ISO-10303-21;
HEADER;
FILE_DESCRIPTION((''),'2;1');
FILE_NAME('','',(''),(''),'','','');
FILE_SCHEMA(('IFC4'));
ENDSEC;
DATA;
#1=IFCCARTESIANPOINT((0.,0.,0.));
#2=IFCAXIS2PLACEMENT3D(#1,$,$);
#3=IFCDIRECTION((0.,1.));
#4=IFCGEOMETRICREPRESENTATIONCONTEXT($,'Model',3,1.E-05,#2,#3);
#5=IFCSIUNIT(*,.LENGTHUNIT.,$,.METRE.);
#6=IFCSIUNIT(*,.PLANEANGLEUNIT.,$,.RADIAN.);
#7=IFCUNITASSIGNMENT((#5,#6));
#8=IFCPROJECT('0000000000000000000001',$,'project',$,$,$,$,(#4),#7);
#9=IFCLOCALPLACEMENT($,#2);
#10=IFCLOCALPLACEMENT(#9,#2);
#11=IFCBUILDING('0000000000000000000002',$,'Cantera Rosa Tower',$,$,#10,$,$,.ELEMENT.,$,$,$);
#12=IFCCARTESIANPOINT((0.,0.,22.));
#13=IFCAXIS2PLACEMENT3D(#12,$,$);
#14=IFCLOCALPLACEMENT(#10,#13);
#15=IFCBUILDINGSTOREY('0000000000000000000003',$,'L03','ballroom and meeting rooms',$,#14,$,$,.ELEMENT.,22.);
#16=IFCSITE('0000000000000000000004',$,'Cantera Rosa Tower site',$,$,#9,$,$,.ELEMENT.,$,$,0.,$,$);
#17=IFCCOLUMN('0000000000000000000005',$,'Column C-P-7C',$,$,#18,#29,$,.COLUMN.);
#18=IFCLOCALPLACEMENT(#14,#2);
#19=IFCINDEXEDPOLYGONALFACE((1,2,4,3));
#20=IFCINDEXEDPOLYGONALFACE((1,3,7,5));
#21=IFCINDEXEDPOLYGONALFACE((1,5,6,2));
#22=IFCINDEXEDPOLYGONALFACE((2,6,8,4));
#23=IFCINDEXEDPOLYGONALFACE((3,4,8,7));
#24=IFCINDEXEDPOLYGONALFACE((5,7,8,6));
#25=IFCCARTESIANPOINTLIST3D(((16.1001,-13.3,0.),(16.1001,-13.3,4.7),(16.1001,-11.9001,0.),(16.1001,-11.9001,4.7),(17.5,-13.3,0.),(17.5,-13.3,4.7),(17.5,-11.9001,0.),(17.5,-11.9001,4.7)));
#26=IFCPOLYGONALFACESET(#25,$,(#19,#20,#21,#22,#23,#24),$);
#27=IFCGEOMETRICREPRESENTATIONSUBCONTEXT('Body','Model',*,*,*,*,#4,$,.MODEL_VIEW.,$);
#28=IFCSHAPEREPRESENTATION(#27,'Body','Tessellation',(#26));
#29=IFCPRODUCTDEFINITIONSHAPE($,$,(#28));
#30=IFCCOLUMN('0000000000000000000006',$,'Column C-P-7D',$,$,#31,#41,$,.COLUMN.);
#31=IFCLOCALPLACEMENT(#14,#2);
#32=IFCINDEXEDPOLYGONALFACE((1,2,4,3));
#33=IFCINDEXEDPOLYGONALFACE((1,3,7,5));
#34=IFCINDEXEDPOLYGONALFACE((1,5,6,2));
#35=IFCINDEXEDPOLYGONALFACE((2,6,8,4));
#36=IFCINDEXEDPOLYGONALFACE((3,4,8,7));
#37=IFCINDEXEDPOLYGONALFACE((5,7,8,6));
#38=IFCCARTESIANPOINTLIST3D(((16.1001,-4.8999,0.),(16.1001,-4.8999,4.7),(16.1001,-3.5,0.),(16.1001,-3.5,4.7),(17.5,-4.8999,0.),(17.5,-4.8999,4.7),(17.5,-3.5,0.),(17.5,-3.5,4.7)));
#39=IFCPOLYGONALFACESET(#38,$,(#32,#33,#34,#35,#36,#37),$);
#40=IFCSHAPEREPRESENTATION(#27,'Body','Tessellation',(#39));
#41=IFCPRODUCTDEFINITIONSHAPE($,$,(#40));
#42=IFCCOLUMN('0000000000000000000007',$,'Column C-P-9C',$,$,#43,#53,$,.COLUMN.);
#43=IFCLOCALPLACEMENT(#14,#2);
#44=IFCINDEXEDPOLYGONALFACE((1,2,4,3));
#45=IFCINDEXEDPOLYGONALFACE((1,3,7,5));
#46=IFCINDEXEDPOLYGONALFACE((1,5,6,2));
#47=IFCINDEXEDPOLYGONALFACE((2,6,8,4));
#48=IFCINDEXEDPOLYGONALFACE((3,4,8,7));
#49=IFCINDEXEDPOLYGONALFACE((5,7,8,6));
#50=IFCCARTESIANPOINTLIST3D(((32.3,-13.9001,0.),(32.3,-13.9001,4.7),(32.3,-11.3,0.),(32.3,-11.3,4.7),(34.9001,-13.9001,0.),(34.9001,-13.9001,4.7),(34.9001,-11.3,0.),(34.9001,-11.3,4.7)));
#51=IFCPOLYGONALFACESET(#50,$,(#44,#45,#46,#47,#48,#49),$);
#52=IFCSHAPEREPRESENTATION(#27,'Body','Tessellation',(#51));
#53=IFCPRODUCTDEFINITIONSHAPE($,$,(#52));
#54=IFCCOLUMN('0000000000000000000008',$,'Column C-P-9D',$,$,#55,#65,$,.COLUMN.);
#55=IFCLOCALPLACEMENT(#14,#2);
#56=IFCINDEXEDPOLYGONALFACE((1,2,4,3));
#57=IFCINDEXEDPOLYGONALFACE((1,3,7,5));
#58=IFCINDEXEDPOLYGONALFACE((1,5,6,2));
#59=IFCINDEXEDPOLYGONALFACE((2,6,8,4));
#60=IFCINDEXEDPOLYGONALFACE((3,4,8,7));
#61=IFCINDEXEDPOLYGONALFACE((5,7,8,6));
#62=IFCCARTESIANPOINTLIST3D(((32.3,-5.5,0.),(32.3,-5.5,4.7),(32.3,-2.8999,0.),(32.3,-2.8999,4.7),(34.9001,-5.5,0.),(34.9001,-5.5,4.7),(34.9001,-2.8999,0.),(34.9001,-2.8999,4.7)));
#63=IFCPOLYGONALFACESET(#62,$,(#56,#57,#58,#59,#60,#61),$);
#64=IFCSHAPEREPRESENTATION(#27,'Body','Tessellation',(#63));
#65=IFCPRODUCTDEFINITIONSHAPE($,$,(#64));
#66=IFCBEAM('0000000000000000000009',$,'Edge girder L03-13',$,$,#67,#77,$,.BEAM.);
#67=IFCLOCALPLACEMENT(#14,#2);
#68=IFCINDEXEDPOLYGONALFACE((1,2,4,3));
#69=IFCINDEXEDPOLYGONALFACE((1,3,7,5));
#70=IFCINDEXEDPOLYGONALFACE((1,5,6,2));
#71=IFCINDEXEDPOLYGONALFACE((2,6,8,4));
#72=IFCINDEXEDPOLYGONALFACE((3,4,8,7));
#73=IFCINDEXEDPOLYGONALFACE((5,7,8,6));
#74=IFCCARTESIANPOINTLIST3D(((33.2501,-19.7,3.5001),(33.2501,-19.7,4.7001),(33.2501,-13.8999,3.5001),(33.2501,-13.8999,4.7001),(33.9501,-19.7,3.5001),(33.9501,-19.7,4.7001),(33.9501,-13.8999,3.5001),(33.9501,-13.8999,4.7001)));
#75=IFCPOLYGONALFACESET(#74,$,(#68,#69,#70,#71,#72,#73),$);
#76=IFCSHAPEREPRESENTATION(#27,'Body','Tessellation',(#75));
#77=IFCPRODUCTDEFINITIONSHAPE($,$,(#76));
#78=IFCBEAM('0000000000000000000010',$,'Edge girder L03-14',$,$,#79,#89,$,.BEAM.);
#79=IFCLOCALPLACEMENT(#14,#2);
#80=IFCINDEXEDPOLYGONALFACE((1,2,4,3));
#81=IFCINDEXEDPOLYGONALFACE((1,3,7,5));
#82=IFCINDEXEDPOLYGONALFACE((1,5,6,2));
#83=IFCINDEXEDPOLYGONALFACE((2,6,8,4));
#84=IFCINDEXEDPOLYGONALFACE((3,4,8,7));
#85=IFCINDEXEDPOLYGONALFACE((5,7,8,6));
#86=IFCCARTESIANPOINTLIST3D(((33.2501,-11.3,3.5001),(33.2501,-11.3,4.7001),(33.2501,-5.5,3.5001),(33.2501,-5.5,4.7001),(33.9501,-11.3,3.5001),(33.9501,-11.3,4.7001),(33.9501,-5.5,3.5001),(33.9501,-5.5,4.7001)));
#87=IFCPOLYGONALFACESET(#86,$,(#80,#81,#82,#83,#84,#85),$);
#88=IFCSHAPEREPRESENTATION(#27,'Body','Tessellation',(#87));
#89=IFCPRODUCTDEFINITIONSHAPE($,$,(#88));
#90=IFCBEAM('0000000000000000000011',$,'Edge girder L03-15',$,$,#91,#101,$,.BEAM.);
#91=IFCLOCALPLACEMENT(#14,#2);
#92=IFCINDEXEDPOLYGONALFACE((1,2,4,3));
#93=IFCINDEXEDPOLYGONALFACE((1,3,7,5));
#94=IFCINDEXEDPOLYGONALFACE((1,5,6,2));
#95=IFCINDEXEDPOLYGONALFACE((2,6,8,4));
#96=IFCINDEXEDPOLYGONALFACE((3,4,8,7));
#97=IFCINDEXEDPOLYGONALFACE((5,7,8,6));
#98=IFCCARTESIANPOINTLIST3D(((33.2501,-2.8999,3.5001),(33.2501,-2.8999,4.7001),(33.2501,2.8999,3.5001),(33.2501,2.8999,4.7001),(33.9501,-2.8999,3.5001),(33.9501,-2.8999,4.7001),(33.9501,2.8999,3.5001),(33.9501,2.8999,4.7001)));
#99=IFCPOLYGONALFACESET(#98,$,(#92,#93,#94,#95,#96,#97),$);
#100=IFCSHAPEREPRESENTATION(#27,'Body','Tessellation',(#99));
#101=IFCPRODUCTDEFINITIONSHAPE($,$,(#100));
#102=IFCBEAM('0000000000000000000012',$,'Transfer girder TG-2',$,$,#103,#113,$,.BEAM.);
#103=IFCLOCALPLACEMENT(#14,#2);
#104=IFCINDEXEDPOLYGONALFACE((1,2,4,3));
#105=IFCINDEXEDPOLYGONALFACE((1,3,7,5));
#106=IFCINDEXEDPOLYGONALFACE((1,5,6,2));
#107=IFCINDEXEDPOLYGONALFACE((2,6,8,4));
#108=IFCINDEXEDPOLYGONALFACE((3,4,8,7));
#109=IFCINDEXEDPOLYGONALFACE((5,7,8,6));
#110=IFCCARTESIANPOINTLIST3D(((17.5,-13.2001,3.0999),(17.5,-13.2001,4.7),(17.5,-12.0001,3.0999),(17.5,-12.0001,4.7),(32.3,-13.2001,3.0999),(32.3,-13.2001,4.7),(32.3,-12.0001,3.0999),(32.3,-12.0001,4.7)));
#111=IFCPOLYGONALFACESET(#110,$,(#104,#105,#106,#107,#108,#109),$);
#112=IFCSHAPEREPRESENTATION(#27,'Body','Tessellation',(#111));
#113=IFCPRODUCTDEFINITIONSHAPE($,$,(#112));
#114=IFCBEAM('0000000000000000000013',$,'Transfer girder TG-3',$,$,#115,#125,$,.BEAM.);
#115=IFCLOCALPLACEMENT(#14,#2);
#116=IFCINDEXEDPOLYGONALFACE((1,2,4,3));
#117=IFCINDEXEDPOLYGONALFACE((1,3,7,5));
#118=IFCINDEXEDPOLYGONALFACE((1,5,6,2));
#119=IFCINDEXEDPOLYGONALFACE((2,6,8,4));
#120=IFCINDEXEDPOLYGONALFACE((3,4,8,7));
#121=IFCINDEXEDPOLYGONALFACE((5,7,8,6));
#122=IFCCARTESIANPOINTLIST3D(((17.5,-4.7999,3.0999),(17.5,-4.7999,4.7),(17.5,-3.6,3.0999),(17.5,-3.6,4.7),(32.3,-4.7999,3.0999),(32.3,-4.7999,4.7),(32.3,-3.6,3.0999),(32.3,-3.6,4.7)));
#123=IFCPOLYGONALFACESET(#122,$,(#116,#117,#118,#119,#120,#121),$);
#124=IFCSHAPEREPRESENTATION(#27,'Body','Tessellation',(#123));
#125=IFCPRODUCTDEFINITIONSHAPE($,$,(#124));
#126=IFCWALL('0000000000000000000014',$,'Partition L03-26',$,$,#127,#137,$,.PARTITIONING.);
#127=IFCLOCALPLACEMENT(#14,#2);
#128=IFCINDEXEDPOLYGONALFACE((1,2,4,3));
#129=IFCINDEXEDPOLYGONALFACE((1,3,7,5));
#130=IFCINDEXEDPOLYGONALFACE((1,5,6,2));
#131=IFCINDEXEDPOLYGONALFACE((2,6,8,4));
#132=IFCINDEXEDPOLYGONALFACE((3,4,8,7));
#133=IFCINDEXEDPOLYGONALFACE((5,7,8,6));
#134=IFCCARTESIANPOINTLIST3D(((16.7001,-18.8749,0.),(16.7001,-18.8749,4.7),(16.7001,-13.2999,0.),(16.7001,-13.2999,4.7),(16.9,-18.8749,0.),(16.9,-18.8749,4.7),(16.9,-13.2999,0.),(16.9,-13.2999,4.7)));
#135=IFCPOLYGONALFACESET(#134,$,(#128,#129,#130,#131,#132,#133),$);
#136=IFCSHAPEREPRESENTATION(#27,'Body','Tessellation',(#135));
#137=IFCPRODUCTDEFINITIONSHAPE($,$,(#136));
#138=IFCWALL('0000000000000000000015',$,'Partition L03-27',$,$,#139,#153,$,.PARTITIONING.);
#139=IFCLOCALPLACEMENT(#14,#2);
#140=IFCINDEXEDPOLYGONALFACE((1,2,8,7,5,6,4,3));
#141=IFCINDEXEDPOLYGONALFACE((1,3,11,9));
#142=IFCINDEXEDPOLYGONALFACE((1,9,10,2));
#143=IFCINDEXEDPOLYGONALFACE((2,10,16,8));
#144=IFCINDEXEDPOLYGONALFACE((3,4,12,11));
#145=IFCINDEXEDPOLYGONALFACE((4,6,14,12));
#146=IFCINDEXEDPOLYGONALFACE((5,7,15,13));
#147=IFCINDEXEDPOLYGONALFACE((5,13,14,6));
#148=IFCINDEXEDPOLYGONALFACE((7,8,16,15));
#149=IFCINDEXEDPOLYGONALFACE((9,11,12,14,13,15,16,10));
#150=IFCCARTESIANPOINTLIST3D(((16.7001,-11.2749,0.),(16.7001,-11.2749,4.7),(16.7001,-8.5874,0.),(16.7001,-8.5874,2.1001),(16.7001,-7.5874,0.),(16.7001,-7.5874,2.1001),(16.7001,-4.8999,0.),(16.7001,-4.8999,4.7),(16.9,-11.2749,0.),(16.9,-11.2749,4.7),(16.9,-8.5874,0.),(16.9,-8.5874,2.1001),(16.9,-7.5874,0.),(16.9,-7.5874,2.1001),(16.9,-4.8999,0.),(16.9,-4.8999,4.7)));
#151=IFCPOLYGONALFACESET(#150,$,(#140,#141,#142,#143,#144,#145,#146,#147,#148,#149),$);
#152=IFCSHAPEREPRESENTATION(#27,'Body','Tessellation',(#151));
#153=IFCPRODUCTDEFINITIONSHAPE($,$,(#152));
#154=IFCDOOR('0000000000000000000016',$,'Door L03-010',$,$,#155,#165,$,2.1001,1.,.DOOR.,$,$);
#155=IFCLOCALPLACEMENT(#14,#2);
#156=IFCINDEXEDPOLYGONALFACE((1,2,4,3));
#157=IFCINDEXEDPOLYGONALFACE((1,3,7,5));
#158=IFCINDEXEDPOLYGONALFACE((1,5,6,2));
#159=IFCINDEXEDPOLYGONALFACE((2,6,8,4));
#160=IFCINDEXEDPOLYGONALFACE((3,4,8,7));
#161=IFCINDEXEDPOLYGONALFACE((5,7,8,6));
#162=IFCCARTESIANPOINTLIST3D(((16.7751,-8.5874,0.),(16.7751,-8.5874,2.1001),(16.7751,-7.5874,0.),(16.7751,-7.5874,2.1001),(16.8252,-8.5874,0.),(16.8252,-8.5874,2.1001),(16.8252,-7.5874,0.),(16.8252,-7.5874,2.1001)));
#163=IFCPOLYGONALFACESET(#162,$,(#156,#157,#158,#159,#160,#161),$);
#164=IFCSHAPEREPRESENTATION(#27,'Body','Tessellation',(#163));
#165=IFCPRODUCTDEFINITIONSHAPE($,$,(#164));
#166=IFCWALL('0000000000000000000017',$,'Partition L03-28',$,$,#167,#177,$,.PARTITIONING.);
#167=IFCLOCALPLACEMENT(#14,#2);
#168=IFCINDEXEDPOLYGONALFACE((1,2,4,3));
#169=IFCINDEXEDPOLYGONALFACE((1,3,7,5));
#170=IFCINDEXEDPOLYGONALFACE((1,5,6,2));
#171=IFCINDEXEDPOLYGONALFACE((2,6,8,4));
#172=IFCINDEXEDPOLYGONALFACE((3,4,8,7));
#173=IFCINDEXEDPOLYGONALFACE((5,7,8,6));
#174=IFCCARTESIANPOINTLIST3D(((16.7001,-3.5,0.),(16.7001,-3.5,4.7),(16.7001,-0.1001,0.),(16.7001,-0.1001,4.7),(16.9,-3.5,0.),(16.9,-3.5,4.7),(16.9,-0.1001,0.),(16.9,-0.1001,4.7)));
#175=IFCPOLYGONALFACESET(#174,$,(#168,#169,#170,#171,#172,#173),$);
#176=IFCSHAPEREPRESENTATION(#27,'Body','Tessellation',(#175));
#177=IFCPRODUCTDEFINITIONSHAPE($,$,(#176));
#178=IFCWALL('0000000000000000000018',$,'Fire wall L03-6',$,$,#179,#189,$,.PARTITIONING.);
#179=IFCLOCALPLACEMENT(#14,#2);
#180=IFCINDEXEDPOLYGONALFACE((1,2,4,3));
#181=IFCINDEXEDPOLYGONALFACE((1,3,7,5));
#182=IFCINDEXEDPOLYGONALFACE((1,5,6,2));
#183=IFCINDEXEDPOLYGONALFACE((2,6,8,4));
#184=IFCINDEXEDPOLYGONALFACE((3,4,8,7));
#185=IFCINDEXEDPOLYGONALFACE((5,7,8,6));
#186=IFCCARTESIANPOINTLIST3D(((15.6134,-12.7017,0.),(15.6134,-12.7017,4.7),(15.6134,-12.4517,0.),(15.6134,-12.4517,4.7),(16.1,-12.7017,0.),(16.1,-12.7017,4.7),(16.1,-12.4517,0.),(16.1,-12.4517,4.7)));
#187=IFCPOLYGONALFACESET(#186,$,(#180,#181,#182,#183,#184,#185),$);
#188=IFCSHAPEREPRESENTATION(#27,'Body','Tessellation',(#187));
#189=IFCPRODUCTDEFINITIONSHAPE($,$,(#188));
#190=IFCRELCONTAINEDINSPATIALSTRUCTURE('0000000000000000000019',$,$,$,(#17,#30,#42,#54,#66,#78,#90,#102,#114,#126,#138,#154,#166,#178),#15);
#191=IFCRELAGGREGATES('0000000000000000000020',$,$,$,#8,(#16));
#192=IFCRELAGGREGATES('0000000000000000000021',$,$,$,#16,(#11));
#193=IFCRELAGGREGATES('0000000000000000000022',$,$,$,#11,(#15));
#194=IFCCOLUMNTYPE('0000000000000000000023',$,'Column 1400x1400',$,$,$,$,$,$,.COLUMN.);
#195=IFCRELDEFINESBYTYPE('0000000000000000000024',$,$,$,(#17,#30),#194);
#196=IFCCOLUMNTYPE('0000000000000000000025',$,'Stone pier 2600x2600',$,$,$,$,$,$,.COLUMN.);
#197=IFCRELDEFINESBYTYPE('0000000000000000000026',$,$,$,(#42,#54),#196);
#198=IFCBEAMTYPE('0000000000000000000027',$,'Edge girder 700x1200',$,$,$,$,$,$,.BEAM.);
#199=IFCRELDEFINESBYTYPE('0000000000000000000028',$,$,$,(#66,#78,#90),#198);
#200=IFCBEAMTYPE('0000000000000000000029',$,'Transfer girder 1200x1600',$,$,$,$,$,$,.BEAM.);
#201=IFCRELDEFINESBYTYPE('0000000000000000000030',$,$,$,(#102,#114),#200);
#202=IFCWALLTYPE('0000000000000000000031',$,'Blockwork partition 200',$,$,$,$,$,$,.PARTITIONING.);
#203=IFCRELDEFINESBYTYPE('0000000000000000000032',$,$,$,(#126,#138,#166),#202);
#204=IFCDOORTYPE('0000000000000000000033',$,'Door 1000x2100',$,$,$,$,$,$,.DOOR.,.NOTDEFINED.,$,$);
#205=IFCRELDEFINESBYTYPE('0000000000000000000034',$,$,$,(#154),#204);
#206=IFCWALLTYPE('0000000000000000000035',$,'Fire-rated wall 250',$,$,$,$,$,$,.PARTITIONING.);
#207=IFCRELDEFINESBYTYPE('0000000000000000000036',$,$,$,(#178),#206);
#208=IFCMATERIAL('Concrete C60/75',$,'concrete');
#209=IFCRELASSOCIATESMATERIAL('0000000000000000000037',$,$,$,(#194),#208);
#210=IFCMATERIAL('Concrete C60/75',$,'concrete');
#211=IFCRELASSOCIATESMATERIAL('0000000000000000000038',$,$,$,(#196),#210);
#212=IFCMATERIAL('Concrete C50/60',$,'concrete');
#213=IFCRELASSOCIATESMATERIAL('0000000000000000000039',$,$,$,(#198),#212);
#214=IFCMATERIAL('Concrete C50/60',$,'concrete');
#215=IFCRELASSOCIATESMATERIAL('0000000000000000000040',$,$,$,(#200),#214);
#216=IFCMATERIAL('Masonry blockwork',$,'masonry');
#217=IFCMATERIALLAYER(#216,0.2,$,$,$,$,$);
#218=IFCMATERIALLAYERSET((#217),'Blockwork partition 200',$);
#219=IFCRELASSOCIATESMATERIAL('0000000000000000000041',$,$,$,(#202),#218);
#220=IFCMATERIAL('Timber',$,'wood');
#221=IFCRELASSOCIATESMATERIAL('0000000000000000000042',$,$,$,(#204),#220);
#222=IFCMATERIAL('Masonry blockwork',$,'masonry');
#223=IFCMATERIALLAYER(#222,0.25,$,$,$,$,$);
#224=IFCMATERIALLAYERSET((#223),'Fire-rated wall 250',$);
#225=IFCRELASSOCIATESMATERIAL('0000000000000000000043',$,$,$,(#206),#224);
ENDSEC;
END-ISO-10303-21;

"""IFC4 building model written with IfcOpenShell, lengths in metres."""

from ifc_helpers import new_model, si_unit, direction, frame, frame_2d, origin, origin_2d, place, context, subcontext, project, spatial, rectangle, extrude, material, layer, layer_set, material_profile, profile_set, type_object, element, fill, save


model = new_model("IFC4")

# Units and contexts
model_context = context("Model", 3, precision=1e-05, world=origin(), true_north=direction((0.0, 1.0)))
body_context = subcontext(model_context, "Body", "Model", "MODEL_VIEW")
ifc_project = project(units=[si_unit("LENGTHUNIT", "METRE"), si_unit("PLANEANGLEUNIT", "RADIAN")], contexts=[model_context])

# Site, building, storey
site_placement = place(None, origin())
site = spatial("IfcSite", under=ifc_project, at=site_placement, Name="Cantera Rosa Tower site", CompositionType="ELEMENT", RefElevation=0.0)
building_placement = place(site_placement, origin())
building = spatial("IfcBuilding", under=site, at=building_placement, Name="Cantera Rosa Tower", CompositionType="ELEMENT")
storey_placement = place(building_placement, frame((0.0, 0.0, 22.0)))
storey = spatial("IfcBuildingStorey", under=building, at=storey_placement, Name="L03", Description="ballroom and meeting rooms", CompositionType="ELEMENT", Elevation=22.0)

# Columns
ifc_material_1 = material(Name="Concrete C60/75", Category="concrete")
ifc_material_profile_1 = material_profile(ifc_material_1, rectangle(XDim=1.3999, YDim=1.3999, at=origin_2d()), Name="Column 1400x1400")
ifc_profile_set_1 = profile_set([ifc_material_profile_1], Name="Concrete C60/75")
column_type_1 = type_object("IfcColumnType", Name="Column 1400x1400", PredefinedType="COLUMN", material=ifc_profile_set_1)
for number, where, z_axis, x_axis, name in (
    (1, (16.8, -12.6001, 0.0), (0.0, 0.0, 1.0), (1.0, 0.0, 0.0), "Column C-P-7C"),
    (2, (16.8, -4.2, 0.0), (0.0, 0.0, 1.0), (1.0, 0.0, 0.0), "Column C-P-7D"),
):
    element("IfcColumn", number, at=place(storey_placement, frame(where, z_axis=z_axis, x_axis=x_axis)), inside=storey, type_object=column_type_1, Name=name, PredefinedType="COLUMN", context=body_context, shape_type="SweptSolid", body=[
        extrude(rectangle(XDim=1.3999, YDim=1.3999, at=origin_2d()), origin(), (0.0, 0.0, 1.0), 4.7),
    ])
ifc_material_2 = material(Name="Concrete C60/75", Category="concrete")
ifc_material_profile_2 = material_profile(ifc_material_2, rectangle(XDim=2.6001, YDim=2.6001, at=origin_2d()), Name="Stone pier 2600x2600")
ifc_profile_set_2 = profile_set([ifc_material_profile_2], Name="Concrete C60/75")
column_type_2 = type_object("IfcColumnType", Name="Stone pier 2600x2600", PredefinedType="COLUMN", material=ifc_profile_set_2)
for number, where, z_axis, x_axis, name in (
    (3, (33.6001, -12.6001, 0.0), (0.0, 0.0, 1.0), (1.0, 0.0, 0.0), "Column C-P-9C"),
    (4, (33.6001, -4.2, 0.0), (0.0, 0.0, 1.0), (1.0, 0.0, 0.0), "Column C-P-9D"),
):
    element("IfcColumn", number, at=place(storey_placement, frame(where, z_axis=z_axis, x_axis=x_axis)), inside=storey, type_object=column_type_2, Name=name, PredefinedType="COLUMN", context=body_context, shape_type="SweptSolid", body=[
        extrude(rectangle(XDim=2.6001, YDim=2.6001, at=origin_2d()), origin(), (0.0, 0.0, 1.0), 4.7),
    ])

# Beams
ifc_material_3 = material(Name="Concrete C50/60", Category="concrete")
ifc_material_profile_3 = material_profile(ifc_material_3, rectangle(XDim=0.7, YDim=1.2, at=origin_2d()), Name="Edge girder 700x1200")
ifc_profile_set_3 = profile_set([ifc_material_profile_3], Name="Concrete C50/60")
beam_type_1 = type_object("IfcBeamType", Name="Edge girder 700x1200", PredefinedType="BEAM", material=ifc_profile_set_3)
for number, where, z_axis, x_axis, name in (
    (5, (33.6001, -19.7, 4.1001), (0.0, 1.0, 0.0), (-1.0, 0.0, 0.0), "Edge girder L03-13"),
    (6, (33.6001, -11.3, 4.1001), (0.0, 1.0, 0.0), (-1.0, 0.0, 0.0), "Edge girder L03-14"),
):
    element("IfcBeam", number, at=place(storey_placement, frame(where, z_axis=z_axis, x_axis=x_axis)), inside=storey, type_object=beam_type_1, Name=name, PredefinedType="BEAM", context=body_context, shape_type="SweptSolid", body=[
        extrude(rectangle(XDim=0.7, YDim=1.2, at=origin_2d()), origin(), (0.0, 0.0, 1.0), 5.8),
    ])
beam_placement = place(storey_placement, frame((33.6001, -2.8999, 4.1001), z_axis=(0.0, 1.0, 0.0), x_axis=(-1.0, 0.0, 0.0)))
element("IfcBeam", 7, at=beam_placement, inside=storey, type_object=beam_type_1, Name="Edge girder L03-15", PredefinedType="BEAM", context=body_context, shape_type="SweptSolid", body=[
    extrude(rectangle(XDim=0.7, YDim=1.2, at=origin_2d()), origin(), (0.0, 0.0, 1.0), 5.7998),
])
ifc_material_4 = material(Name="Concrete C50/60", Category="concrete")
ifc_material_profile_4 = material_profile(ifc_material_4, rectangle(XDim=1.2, YDim=1.6001, at=origin_2d()), Name="Transfer girder 1200x1600")
ifc_profile_set_4 = profile_set([ifc_material_profile_4], Name="Concrete C50/60")
beam_type_2 = type_object("IfcBeamType", Name="Transfer girder 1200x1600", PredefinedType="BEAM", material=ifc_profile_set_4)
for number, where, z_axis, x_axis, name in (
    (8, (17.5, -12.6001, 3.8999), (1.0, 0.0, 0.0), (0.0, 1.0, 0.0), "Transfer girder TG-2"),
    (9, (17.5, -4.2, 3.8999), (1.0, 0.0, 0.0), (0.0, 1.0, 0.0), "Transfer girder TG-3"),
):
    element("IfcBeam", number, at=place(storey_placement, frame(where, z_axis=z_axis, x_axis=x_axis)), inside=storey, type_object=beam_type_2, Name=name, PredefinedType="BEAM", context=body_context, shape_type="SweptSolid", body=[
        extrude(rectangle(XDim=1.2, YDim=1.6001, at=origin_2d()), origin(), (0.0, 0.0, 1.0), 14.8),
    ])

# Wall
ifc_material_5 = material(Name="Masonry blockwork", Category="masonry")
ifc_layer_1 = layer(ifc_material_5, 0.2)
ifc_layer_set_1 = layer_set([ifc_layer_1], Name="Blockwork partition 200")
wall_type_1 = type_object("IfcWallType", Name="Blockwork partition 200", PredefinedType="PARTITIONING", material=ifc_layer_set_1)
wall_1_placement = place(storey_placement, frame((16.8, -18.875, 0.0), z_axis=(0.0, 0.0, 1.0), x_axis=(0.0, 1.0, 0.0)))
element("IfcWall", 10, at=wall_1_placement, inside=storey, type_object=wall_type_1, Name="Partition L03-26", PredefinedType="PARTITIONING", context=body_context, shape_type="SweptSolid", body=[
    extrude(rectangle(XDim=5.575, YDim=0.2, at=frame_2d((2.7876, 0.0))), origin(), (0.0, 0.0, 1.0), 4.7),
])

# Wall, opening, door
wall_2_placement = place(storey_placement, frame((16.8, -11.2749, 0.0), z_axis=(0.0, 0.0, 1.0), x_axis=(0.0, 1.0, 0.0)))
wall_2 = element("IfcWall", 11, at=wall_2_placement, inside=storey, type_object=wall_type_1, Name="Partition L03-27", PredefinedType="PARTITIONING", context=body_context, shape_type="SweptSolid", body=[
    extrude(rectangle(XDim=6.375, YDim=0.2, at=frame_2d((3.1875, 0.0))), origin(), (0.0, 0.0, 1.0), 4.7),
])
opening_1_placement = place(wall_2_placement, frame((2.6875, 0.0, 0.0)))
opening_1 = element("IfcOpeningElement", 12, at=opening_1_placement, cuts=wall_2, PredefinedType="OPENING", context=body_context, shape_type="SweptSolid", body=[
    extrude(rectangle(XDim=1.0, YDim=2.1001, at=frame_2d((0.5, 1.05))), frame((0.0, 0.1099, 0.0), z_axis=(0.0, -1.0, 0.0), x_axis=(1.0, 0.0, 0.0)), (0.0, 0.0, 1.0), 0.22),
])
ifc_material_6 = material(Name="Timber", Category="wood")
door_type_1 = type_object("IfcDoorType", Name="Door 1000x2100", OperationType="NOTDEFINED", PredefinedType="DOOR", material=ifc_material_6)
door_1_placement = place(opening_1_placement, origin())
door_1 = element("IfcDoor", 13, at=door_1_placement, inside=storey, type_object=door_type_1, Name="Door L03-010", OverallHeight=2.1001, OverallWidth=1.0, PredefinedType="DOOR", context=body_context, shape_type="SweptSolid", body=[
    extrude(rectangle(XDim=1.0, YDim=2.1001, at=frame_2d((0.5, 1.05))), frame((0.0, 0.0249, 0.0), z_axis=(0.0, -1.0, 0.0), x_axis=(1.0, 0.0, 0.0)), (0.0, 0.0, 1.0), 0.05),
])
fill(opening_1, door_1)

# Walls
wall_3_placement = place(storey_placement, frame((16.8, -3.5, 0.0), z_axis=(0.0, 0.0, 1.0), x_axis=(0.0, 1.0, 0.0)))
element("IfcWall", 14, at=wall_3_placement, inside=storey, type_object=wall_type_1, Name="Partition L03-28", PredefinedType="PARTITIONING", context=body_context, shape_type="SweptSolid", body=[
    extrude(rectangle(XDim=3.3999, YDim=0.2, at=frame_2d((1.7, 0.0))), origin(), (0.0, 0.0, 1.0), 4.7),
])
ifc_material_7 = material(Name="Masonry blockwork", Category="masonry")
ifc_layer_2 = layer(ifc_material_7, 0.25)
ifc_layer_set_2 = layer_set([ifc_layer_2], Name="Fire-rated wall 250")
wall_type_2 = type_object("IfcWallType", Name="Fire-rated wall 250", PredefinedType="PARTITIONING", material=ifc_layer_set_2)
wall_4_placement = place(storey_placement, frame((15.6135, -12.5767, 0.0), z_axis=(0.0, 0.0, 1.0), x_axis=(1.0, 0.0, 0.0)))
element("IfcWall", 15, at=wall_4_placement, inside=storey, type_object=wall_type_2, Name="Fire wall L03-6", PredefinedType="PARTITIONING", context=body_context, shape_type="SweptSolid", body=[
    extrude(rectangle(XDim=0.4866, YDim=0.25, at=frame_2d((0.2432, 0.0))), origin(), (0.0, 0.0, 1.0), 4.7),
])

save(model, "model.ifc")
